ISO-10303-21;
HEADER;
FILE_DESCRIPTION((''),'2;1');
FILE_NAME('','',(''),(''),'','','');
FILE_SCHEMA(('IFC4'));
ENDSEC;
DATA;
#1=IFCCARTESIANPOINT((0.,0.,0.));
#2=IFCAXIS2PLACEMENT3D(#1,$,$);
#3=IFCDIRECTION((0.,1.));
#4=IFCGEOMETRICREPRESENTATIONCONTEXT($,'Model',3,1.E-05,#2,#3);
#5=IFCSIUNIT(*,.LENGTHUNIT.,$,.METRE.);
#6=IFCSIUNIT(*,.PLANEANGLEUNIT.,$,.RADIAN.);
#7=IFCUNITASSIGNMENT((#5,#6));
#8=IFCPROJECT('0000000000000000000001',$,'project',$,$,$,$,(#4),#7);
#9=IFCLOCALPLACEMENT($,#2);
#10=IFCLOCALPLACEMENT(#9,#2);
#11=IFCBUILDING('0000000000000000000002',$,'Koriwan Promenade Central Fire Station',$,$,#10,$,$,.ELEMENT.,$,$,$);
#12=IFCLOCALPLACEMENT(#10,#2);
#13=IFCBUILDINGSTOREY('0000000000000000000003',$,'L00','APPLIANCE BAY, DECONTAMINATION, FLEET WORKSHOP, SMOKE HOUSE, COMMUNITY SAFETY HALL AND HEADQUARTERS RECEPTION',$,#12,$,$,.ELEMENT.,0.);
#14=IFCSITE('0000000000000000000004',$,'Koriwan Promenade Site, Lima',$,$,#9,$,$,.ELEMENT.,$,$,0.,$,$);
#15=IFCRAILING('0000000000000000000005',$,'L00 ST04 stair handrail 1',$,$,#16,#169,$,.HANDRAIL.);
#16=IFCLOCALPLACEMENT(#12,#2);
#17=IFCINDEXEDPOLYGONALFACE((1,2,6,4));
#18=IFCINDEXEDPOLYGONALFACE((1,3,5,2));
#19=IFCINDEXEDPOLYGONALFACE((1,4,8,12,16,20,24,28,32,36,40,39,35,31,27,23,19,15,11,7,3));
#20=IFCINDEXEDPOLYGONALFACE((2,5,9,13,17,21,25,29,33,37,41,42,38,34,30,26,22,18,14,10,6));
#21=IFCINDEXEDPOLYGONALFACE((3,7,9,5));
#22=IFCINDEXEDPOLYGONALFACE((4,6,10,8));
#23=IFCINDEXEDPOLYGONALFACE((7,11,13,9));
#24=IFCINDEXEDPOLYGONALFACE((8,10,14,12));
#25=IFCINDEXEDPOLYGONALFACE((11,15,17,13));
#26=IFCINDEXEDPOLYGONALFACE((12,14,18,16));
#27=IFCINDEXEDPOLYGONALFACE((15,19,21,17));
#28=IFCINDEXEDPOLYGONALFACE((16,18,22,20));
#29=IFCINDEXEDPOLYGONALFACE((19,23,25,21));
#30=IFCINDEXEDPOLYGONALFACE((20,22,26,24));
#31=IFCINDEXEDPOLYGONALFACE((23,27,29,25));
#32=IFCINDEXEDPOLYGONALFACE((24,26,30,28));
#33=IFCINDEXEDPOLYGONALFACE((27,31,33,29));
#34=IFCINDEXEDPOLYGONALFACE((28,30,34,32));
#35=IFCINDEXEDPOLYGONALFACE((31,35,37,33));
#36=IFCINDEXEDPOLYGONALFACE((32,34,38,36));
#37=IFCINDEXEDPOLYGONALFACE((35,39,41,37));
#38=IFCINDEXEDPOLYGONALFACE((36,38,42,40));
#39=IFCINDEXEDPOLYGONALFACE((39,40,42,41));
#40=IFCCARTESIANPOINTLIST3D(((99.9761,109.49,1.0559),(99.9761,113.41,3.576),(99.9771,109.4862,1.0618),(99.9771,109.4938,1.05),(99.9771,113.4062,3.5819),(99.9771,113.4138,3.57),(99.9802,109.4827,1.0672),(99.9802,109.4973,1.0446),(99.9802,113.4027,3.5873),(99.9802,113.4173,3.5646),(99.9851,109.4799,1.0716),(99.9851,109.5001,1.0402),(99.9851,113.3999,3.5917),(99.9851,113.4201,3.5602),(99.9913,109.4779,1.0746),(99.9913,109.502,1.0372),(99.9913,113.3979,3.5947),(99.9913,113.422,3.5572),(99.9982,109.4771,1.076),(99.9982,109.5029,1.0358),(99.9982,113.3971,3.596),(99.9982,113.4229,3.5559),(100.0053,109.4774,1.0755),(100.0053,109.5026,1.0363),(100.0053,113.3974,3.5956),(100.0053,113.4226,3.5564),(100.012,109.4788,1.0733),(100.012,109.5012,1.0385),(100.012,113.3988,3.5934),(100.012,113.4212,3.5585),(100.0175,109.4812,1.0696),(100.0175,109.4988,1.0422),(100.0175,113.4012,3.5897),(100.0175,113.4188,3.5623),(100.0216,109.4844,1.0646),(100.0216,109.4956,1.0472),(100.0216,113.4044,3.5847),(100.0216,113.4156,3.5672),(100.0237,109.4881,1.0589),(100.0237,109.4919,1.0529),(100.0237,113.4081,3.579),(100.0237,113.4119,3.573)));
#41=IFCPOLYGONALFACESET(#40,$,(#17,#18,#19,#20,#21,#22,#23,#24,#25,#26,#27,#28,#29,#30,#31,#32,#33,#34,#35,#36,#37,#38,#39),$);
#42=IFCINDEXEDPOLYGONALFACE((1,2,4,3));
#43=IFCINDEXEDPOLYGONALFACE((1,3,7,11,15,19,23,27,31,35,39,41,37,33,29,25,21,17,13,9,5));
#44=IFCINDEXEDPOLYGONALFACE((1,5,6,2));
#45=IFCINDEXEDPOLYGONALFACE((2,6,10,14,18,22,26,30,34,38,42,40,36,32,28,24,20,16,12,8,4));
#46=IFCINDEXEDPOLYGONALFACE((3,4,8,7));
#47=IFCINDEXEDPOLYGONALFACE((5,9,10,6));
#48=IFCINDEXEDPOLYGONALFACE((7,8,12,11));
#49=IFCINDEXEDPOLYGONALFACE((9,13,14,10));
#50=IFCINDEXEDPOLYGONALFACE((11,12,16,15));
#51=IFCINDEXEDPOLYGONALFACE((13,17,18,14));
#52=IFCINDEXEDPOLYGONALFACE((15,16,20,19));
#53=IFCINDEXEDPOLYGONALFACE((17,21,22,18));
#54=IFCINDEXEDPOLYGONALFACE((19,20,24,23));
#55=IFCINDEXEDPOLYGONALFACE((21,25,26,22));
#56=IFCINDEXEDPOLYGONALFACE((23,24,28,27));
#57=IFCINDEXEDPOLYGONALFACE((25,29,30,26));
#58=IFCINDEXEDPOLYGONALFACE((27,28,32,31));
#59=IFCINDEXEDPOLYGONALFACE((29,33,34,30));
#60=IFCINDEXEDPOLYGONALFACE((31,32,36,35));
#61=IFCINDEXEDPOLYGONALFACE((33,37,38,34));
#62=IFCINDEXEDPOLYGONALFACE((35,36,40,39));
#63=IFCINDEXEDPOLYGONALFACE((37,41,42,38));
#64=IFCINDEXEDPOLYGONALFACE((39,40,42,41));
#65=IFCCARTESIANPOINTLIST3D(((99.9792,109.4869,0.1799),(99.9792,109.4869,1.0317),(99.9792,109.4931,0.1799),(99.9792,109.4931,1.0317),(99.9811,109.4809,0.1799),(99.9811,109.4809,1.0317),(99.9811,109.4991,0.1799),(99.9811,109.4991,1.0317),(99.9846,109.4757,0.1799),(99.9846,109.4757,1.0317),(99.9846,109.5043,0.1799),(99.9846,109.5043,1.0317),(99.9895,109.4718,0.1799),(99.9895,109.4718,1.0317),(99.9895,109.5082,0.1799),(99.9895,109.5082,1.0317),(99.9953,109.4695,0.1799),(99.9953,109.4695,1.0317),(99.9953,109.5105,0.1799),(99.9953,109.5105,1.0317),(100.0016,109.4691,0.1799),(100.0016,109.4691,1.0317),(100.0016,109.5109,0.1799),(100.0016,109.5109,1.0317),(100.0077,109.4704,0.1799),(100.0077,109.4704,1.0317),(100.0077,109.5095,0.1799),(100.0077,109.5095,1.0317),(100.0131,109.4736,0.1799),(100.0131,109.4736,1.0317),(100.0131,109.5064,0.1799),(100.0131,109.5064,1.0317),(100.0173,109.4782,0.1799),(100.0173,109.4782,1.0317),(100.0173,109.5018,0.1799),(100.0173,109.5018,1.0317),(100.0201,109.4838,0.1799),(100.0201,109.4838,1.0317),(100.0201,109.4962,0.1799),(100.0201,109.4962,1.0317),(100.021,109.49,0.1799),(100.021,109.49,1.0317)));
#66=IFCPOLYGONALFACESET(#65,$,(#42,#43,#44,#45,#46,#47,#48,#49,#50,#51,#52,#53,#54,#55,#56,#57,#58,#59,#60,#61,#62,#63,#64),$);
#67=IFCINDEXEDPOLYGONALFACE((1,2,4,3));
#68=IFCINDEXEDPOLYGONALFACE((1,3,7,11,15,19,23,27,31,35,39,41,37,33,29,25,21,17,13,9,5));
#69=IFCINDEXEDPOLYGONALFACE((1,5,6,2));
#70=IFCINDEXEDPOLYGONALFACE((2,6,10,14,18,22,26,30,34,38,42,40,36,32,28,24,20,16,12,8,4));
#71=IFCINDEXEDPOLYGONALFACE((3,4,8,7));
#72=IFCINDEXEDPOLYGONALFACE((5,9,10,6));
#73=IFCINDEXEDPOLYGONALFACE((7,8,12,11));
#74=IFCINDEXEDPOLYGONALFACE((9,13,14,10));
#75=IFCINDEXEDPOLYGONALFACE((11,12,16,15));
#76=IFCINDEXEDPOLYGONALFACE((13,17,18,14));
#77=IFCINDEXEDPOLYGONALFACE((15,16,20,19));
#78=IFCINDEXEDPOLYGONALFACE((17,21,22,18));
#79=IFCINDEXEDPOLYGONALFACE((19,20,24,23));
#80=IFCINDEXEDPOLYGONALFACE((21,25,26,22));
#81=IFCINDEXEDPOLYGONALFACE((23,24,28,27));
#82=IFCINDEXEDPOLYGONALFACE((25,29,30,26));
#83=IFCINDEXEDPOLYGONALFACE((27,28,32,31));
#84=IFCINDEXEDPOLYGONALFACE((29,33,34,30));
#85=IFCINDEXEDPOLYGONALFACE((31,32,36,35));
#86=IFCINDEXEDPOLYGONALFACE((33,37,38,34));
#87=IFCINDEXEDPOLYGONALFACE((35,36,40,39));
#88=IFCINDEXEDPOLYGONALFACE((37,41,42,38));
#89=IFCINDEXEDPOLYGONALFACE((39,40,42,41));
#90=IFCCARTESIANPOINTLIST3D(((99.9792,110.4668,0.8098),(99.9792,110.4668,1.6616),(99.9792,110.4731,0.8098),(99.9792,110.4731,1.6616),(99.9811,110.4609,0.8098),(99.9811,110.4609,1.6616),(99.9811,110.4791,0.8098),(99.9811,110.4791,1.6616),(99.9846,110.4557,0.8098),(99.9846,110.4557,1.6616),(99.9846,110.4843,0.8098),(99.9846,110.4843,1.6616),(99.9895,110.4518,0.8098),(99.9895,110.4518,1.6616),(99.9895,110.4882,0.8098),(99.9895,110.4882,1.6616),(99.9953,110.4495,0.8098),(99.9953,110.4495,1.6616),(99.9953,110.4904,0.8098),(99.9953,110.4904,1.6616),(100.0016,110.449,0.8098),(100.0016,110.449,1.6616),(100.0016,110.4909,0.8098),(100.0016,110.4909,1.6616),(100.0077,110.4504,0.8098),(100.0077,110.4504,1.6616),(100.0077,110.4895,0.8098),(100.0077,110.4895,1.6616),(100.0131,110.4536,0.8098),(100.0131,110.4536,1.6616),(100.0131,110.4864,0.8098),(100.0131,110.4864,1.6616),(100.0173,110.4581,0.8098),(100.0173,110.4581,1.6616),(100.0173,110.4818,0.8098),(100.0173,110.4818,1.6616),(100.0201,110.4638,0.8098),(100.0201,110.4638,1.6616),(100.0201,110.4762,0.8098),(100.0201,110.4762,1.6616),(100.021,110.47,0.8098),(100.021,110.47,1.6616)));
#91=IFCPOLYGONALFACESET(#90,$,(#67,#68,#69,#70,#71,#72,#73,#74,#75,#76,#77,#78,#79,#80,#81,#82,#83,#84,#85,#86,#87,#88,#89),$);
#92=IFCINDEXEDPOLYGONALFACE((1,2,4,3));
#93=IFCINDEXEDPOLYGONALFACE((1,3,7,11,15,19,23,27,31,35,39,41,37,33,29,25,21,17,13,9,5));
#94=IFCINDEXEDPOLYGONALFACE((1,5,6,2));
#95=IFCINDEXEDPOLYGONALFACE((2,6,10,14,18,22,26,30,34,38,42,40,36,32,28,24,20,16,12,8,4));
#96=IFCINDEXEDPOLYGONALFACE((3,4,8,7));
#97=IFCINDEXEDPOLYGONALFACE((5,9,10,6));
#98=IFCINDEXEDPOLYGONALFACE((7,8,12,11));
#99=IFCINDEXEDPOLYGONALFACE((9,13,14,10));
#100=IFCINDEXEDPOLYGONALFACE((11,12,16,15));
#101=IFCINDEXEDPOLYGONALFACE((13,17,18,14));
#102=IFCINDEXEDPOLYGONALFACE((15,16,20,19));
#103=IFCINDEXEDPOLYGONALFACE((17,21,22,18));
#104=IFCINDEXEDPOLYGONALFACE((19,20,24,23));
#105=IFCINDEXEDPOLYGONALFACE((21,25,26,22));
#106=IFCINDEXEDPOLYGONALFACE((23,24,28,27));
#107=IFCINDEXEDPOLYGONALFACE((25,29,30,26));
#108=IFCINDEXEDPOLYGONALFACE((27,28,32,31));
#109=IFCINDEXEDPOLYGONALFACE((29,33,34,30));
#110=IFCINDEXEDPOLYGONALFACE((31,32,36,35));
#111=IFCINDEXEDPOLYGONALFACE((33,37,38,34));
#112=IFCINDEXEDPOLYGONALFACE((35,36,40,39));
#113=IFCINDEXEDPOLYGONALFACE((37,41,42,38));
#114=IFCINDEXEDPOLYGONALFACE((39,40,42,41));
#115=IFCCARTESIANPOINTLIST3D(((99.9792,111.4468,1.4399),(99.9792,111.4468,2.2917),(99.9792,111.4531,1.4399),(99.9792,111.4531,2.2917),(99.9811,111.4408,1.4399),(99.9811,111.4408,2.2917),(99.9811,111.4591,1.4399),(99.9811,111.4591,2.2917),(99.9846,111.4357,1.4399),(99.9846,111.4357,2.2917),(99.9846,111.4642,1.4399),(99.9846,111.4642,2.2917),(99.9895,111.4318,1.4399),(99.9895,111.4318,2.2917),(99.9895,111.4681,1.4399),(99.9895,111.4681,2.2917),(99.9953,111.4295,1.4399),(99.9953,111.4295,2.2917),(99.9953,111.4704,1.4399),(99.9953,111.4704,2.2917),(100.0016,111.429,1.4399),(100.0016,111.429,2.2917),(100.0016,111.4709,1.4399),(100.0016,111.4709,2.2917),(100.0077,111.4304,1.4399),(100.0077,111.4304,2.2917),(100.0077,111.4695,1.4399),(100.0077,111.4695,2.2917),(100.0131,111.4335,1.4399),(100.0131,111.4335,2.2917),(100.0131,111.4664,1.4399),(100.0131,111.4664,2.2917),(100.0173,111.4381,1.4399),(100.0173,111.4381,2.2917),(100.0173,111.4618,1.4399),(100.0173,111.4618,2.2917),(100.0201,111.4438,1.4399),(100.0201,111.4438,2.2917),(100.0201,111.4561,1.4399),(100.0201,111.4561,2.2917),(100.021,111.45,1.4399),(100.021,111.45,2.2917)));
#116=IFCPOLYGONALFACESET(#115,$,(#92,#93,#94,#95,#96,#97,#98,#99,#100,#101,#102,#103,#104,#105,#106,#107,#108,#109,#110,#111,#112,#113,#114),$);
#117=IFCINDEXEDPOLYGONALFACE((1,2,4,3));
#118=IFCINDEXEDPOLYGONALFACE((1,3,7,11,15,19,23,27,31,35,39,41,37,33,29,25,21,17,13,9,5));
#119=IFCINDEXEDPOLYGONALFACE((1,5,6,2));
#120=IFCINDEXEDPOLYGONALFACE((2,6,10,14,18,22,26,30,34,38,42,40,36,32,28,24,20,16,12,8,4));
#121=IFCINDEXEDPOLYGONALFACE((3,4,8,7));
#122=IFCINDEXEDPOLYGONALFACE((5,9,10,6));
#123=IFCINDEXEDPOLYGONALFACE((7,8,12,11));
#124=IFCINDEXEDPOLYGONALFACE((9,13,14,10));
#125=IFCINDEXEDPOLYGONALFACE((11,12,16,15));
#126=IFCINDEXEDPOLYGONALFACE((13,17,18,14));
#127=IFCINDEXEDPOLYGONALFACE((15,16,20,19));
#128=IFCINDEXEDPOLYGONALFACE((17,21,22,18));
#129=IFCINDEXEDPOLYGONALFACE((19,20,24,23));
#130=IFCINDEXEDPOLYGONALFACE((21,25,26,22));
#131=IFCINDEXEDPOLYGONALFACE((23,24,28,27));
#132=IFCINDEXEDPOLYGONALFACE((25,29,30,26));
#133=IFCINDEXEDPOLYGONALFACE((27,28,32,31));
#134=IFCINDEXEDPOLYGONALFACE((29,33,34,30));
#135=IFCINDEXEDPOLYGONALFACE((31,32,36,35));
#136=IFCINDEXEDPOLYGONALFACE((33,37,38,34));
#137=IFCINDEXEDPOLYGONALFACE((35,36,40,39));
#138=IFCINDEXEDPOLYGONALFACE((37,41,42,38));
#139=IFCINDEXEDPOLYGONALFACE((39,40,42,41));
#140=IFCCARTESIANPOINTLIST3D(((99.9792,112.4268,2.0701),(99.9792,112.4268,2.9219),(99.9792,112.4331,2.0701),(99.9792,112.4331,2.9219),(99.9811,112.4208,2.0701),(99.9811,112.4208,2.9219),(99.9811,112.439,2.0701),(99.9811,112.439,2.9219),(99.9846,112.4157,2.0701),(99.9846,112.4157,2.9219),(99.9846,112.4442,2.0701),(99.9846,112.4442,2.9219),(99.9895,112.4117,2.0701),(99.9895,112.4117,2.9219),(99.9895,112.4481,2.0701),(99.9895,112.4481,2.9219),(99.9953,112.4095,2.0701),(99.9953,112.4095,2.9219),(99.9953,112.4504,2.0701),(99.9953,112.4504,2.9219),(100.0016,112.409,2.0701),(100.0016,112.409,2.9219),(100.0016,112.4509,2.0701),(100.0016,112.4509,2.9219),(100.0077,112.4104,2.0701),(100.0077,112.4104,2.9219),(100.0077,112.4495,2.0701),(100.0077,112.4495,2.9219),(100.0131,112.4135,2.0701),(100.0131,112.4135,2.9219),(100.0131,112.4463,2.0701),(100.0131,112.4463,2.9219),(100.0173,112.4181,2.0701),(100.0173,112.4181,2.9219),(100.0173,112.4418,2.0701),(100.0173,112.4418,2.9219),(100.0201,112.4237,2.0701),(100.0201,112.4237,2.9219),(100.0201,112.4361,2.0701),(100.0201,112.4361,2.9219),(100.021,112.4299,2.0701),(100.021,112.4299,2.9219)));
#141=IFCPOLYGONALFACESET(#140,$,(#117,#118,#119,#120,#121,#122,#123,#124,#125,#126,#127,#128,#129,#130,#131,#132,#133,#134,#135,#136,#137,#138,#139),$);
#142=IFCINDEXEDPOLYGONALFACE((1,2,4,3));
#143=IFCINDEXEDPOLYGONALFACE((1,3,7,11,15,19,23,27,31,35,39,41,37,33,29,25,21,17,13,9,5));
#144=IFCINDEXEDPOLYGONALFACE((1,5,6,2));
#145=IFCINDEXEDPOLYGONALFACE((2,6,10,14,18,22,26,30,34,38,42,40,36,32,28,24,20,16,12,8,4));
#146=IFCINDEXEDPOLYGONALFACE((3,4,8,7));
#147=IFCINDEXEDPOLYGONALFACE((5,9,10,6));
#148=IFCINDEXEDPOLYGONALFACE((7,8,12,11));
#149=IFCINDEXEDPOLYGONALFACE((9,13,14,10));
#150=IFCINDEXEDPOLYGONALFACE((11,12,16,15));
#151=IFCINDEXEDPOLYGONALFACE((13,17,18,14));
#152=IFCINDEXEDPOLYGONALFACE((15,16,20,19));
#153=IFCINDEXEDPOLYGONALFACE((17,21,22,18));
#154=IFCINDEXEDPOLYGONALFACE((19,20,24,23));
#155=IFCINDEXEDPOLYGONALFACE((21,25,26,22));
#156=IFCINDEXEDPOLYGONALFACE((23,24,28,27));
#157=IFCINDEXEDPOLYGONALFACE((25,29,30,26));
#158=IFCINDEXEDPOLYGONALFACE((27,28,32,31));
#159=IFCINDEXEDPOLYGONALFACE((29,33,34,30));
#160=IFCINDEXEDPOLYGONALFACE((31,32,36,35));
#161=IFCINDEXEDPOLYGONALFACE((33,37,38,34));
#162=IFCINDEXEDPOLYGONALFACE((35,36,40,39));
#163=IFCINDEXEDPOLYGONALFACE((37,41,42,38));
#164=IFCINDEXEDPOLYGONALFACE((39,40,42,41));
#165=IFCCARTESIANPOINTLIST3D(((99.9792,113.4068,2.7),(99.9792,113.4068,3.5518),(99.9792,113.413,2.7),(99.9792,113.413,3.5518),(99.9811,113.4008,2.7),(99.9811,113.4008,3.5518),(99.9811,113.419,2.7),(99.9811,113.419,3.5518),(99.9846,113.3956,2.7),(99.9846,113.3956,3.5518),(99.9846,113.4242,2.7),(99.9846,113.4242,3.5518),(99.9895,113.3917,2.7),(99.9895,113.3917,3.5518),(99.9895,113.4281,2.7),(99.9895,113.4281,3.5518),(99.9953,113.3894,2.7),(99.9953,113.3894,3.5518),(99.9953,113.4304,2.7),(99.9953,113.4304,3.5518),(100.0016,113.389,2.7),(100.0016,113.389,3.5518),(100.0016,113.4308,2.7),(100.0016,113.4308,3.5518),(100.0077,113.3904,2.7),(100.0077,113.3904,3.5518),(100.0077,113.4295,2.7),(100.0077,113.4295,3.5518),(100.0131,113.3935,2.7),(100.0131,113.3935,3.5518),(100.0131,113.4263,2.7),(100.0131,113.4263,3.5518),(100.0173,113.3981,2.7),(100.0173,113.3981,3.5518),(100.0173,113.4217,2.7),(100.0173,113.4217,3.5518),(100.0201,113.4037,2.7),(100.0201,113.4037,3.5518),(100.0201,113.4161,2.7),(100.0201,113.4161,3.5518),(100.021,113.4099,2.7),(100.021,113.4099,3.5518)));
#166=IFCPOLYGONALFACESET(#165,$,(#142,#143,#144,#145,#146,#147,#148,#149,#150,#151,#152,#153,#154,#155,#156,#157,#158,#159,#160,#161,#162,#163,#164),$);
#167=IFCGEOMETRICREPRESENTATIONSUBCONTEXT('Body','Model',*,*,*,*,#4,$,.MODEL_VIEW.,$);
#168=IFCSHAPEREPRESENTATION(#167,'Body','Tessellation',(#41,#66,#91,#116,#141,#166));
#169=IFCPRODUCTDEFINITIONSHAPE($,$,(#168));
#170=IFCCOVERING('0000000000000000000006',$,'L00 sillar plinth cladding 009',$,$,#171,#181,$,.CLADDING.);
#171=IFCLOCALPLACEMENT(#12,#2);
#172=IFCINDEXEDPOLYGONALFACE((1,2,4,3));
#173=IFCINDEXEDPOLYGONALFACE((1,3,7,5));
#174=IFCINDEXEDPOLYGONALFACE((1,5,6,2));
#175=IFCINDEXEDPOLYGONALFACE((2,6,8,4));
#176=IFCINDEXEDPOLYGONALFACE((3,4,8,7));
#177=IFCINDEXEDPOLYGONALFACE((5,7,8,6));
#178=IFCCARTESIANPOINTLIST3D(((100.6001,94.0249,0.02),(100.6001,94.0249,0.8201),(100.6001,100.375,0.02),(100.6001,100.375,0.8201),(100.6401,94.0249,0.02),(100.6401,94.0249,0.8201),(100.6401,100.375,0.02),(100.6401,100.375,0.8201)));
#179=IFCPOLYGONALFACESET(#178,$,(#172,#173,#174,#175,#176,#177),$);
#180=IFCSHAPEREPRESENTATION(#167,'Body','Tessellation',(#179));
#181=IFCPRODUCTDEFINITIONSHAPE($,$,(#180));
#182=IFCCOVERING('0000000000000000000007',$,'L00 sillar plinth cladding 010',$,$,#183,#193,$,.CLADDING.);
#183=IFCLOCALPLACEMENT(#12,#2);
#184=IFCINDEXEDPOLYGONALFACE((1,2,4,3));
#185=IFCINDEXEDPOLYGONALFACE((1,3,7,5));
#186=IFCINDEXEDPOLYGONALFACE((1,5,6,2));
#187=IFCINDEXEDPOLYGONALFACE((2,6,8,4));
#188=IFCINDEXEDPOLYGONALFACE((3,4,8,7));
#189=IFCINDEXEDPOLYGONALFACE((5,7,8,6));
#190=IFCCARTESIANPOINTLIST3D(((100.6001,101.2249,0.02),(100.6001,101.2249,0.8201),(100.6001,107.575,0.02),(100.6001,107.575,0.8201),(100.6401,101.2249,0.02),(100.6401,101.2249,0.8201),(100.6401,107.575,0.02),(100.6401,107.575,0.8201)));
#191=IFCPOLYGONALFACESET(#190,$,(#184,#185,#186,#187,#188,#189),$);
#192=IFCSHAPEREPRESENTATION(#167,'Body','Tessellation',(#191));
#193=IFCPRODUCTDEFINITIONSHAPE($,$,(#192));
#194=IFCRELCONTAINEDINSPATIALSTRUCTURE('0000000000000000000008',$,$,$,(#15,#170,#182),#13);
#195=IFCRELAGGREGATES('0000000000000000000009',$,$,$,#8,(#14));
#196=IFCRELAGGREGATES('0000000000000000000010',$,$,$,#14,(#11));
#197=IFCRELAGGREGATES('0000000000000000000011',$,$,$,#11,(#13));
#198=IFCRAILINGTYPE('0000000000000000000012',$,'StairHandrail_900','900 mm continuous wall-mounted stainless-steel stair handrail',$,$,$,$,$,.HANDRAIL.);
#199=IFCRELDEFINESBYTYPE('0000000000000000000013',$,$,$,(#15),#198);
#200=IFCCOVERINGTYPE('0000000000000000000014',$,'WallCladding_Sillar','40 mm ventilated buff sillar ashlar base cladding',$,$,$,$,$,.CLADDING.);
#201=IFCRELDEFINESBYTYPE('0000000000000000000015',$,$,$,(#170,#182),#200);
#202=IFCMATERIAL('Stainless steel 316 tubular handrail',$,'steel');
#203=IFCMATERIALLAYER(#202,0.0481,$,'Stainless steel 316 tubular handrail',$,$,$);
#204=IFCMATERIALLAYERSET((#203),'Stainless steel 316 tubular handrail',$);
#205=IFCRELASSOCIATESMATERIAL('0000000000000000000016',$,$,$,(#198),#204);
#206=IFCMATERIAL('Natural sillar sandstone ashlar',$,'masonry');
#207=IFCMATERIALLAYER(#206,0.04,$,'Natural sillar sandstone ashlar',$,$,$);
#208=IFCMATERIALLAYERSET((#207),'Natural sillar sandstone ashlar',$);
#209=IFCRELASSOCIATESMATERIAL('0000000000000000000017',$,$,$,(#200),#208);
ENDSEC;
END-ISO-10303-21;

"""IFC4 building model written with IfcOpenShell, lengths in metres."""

from ifc_helpers import new_model, si_unit, direction, frame, origin, origin_2d, place, context, subcontext, project, spatial, rectangle, circle, extrude, material, layer, layer_set, type_object, element, save


model = new_model("IFC4")

# Units and contexts
model_context = context("Model", 3, precision=1e-05, world=origin(), true_north=direction((0.0, 1.0)))
body_context = subcontext(model_context, "Body", "Model", "MODEL_VIEW")
ifc_project = project(units=[si_unit("LENGTHUNIT", "METRE"), si_unit("PLANEANGLEUNIT", "RADIAN")], contexts=[model_context])

# Site, building, storey
site_placement = place(None, origin())
site = spatial("IfcSite", under=ifc_project, at=site_placement, Name="Koriwan Promenade Site, Lima", CompositionType="ELEMENT", RefElevation=0.0)
building_placement = place(site_placement, origin())
building = spatial("IfcBuilding", under=site, at=building_placement, Name="Koriwan Promenade Central Fire Station", CompositionType="ELEMENT")
storey_placement = place(building_placement, origin())
storey = spatial("IfcBuildingStorey", under=building, at=storey_placement, Name="L00", Description="APPLIANCE BAY, DECONTAMINATION, FLEET WORKSHOP, SMOKE HOUSE, COMMUNITY SAFETY HALL AND HEADQUARTERS RECEPTION", CompositionType="ELEMENT", Elevation=0.0)

# Railing
ifc_material_1 = material(Name="Stainless steel 316 tubular handrail", Category="steel")
ifc_layer_1 = layer(ifc_material_1, 0.0481, Name="Stainless steel 316 tubular handrail")
ifc_layer_set_1 = layer_set([ifc_layer_1], Name="Stainless steel 316 tubular handrail")
railing_type_1 = type_object("IfcRailingType", Name="StairHandrail_900", Description="900 mm continuous wall-mounted stainless-steel stair handrail", PredefinedType="HANDRAIL", material=ifc_layer_set_1)
railing_1_placement = place(storey_placement, frame((100.0, 109.49, 0.1799)))
element("IfcRailing", 1, at=railing_1_placement, inside=storey, type_object=railing_type_1, Name="L00 ST04 stair handrail 1", PredefinedType="HANDRAIL", context=body_context, shape_type="SweptSolid", body=[
    extrude(circle(Radius=0.0239, at=origin_2d()), frame((0.0, 0.0, 0.876), z_axis=(0.0, 0.841172, 0.540768), x_axis=(-1.0, 0.0, 0.0)), (0.0, 0.0, 1.0), 4.6602),
    extrude(circle(Radius=0.021, at=origin_2d()), origin(), (0.0, 0.0, 1.0), 0.8518),
    extrude(circle(Radius=0.021, at=origin_2d()), frame((0.0, 0.98, 0.6299)), (0.0, 0.0, 1.0), 0.8518),
    extrude(circle(Radius=0.021, at=origin_2d()), frame((0.0, 1.96, 1.26)), (0.0, 0.0, 1.0), 0.8518),
    extrude(circle(Radius=0.021, at=origin_2d()), frame((0.0, 2.9399, 1.8901)), (0.0, 0.0, 1.0), 0.8518),
    extrude(circle(Radius=0.021, at=origin_2d()), frame((0.0, 3.9199, 2.52)), (0.0, 0.0, 1.0), 0.8518),
])

# Coverings
ifc_material_2 = material(Name="Natural sillar sandstone ashlar", Category="masonry")
ifc_layer_2 = layer(ifc_material_2, 0.04, Name="Natural sillar sandstone ashlar")
ifc_layer_set_2 = layer_set([ifc_layer_2], Name="Natural sillar sandstone ashlar")
covering_type = type_object("IfcCoveringType", Name="WallCladding_Sillar", Description="40 mm ventilated buff sillar ashlar base cladding", PredefinedType="CLADDING", material=ifc_layer_set_2)
for number, where, z_axis, x_axis, name in (
    (2, (100.6201, 97.2, 0.02), (0.0, 0.0, 1.0), (0.0, 1.0, 0.0), "L00 sillar plinth cladding 009"),
    (3, (100.6201, 104.3999, 0.02), (0.0, 0.0, 1.0), (0.0, 1.0, 0.0), "L00 sillar plinth cladding 010"),
):
    element("IfcCovering", number, at=place(storey_placement, frame(where, z_axis=z_axis, x_axis=x_axis)), inside=storey, type_object=covering_type, Name=name, PredefinedType="CLADDING", context=body_context, shape_type="SweptSolid", body=[
        extrude(rectangle(XDim=6.3501, YDim=0.04, at=origin_2d()), origin(), (0.0, 0.0, 1.0), 0.8),
    ])

save(model, "model.ifc")
